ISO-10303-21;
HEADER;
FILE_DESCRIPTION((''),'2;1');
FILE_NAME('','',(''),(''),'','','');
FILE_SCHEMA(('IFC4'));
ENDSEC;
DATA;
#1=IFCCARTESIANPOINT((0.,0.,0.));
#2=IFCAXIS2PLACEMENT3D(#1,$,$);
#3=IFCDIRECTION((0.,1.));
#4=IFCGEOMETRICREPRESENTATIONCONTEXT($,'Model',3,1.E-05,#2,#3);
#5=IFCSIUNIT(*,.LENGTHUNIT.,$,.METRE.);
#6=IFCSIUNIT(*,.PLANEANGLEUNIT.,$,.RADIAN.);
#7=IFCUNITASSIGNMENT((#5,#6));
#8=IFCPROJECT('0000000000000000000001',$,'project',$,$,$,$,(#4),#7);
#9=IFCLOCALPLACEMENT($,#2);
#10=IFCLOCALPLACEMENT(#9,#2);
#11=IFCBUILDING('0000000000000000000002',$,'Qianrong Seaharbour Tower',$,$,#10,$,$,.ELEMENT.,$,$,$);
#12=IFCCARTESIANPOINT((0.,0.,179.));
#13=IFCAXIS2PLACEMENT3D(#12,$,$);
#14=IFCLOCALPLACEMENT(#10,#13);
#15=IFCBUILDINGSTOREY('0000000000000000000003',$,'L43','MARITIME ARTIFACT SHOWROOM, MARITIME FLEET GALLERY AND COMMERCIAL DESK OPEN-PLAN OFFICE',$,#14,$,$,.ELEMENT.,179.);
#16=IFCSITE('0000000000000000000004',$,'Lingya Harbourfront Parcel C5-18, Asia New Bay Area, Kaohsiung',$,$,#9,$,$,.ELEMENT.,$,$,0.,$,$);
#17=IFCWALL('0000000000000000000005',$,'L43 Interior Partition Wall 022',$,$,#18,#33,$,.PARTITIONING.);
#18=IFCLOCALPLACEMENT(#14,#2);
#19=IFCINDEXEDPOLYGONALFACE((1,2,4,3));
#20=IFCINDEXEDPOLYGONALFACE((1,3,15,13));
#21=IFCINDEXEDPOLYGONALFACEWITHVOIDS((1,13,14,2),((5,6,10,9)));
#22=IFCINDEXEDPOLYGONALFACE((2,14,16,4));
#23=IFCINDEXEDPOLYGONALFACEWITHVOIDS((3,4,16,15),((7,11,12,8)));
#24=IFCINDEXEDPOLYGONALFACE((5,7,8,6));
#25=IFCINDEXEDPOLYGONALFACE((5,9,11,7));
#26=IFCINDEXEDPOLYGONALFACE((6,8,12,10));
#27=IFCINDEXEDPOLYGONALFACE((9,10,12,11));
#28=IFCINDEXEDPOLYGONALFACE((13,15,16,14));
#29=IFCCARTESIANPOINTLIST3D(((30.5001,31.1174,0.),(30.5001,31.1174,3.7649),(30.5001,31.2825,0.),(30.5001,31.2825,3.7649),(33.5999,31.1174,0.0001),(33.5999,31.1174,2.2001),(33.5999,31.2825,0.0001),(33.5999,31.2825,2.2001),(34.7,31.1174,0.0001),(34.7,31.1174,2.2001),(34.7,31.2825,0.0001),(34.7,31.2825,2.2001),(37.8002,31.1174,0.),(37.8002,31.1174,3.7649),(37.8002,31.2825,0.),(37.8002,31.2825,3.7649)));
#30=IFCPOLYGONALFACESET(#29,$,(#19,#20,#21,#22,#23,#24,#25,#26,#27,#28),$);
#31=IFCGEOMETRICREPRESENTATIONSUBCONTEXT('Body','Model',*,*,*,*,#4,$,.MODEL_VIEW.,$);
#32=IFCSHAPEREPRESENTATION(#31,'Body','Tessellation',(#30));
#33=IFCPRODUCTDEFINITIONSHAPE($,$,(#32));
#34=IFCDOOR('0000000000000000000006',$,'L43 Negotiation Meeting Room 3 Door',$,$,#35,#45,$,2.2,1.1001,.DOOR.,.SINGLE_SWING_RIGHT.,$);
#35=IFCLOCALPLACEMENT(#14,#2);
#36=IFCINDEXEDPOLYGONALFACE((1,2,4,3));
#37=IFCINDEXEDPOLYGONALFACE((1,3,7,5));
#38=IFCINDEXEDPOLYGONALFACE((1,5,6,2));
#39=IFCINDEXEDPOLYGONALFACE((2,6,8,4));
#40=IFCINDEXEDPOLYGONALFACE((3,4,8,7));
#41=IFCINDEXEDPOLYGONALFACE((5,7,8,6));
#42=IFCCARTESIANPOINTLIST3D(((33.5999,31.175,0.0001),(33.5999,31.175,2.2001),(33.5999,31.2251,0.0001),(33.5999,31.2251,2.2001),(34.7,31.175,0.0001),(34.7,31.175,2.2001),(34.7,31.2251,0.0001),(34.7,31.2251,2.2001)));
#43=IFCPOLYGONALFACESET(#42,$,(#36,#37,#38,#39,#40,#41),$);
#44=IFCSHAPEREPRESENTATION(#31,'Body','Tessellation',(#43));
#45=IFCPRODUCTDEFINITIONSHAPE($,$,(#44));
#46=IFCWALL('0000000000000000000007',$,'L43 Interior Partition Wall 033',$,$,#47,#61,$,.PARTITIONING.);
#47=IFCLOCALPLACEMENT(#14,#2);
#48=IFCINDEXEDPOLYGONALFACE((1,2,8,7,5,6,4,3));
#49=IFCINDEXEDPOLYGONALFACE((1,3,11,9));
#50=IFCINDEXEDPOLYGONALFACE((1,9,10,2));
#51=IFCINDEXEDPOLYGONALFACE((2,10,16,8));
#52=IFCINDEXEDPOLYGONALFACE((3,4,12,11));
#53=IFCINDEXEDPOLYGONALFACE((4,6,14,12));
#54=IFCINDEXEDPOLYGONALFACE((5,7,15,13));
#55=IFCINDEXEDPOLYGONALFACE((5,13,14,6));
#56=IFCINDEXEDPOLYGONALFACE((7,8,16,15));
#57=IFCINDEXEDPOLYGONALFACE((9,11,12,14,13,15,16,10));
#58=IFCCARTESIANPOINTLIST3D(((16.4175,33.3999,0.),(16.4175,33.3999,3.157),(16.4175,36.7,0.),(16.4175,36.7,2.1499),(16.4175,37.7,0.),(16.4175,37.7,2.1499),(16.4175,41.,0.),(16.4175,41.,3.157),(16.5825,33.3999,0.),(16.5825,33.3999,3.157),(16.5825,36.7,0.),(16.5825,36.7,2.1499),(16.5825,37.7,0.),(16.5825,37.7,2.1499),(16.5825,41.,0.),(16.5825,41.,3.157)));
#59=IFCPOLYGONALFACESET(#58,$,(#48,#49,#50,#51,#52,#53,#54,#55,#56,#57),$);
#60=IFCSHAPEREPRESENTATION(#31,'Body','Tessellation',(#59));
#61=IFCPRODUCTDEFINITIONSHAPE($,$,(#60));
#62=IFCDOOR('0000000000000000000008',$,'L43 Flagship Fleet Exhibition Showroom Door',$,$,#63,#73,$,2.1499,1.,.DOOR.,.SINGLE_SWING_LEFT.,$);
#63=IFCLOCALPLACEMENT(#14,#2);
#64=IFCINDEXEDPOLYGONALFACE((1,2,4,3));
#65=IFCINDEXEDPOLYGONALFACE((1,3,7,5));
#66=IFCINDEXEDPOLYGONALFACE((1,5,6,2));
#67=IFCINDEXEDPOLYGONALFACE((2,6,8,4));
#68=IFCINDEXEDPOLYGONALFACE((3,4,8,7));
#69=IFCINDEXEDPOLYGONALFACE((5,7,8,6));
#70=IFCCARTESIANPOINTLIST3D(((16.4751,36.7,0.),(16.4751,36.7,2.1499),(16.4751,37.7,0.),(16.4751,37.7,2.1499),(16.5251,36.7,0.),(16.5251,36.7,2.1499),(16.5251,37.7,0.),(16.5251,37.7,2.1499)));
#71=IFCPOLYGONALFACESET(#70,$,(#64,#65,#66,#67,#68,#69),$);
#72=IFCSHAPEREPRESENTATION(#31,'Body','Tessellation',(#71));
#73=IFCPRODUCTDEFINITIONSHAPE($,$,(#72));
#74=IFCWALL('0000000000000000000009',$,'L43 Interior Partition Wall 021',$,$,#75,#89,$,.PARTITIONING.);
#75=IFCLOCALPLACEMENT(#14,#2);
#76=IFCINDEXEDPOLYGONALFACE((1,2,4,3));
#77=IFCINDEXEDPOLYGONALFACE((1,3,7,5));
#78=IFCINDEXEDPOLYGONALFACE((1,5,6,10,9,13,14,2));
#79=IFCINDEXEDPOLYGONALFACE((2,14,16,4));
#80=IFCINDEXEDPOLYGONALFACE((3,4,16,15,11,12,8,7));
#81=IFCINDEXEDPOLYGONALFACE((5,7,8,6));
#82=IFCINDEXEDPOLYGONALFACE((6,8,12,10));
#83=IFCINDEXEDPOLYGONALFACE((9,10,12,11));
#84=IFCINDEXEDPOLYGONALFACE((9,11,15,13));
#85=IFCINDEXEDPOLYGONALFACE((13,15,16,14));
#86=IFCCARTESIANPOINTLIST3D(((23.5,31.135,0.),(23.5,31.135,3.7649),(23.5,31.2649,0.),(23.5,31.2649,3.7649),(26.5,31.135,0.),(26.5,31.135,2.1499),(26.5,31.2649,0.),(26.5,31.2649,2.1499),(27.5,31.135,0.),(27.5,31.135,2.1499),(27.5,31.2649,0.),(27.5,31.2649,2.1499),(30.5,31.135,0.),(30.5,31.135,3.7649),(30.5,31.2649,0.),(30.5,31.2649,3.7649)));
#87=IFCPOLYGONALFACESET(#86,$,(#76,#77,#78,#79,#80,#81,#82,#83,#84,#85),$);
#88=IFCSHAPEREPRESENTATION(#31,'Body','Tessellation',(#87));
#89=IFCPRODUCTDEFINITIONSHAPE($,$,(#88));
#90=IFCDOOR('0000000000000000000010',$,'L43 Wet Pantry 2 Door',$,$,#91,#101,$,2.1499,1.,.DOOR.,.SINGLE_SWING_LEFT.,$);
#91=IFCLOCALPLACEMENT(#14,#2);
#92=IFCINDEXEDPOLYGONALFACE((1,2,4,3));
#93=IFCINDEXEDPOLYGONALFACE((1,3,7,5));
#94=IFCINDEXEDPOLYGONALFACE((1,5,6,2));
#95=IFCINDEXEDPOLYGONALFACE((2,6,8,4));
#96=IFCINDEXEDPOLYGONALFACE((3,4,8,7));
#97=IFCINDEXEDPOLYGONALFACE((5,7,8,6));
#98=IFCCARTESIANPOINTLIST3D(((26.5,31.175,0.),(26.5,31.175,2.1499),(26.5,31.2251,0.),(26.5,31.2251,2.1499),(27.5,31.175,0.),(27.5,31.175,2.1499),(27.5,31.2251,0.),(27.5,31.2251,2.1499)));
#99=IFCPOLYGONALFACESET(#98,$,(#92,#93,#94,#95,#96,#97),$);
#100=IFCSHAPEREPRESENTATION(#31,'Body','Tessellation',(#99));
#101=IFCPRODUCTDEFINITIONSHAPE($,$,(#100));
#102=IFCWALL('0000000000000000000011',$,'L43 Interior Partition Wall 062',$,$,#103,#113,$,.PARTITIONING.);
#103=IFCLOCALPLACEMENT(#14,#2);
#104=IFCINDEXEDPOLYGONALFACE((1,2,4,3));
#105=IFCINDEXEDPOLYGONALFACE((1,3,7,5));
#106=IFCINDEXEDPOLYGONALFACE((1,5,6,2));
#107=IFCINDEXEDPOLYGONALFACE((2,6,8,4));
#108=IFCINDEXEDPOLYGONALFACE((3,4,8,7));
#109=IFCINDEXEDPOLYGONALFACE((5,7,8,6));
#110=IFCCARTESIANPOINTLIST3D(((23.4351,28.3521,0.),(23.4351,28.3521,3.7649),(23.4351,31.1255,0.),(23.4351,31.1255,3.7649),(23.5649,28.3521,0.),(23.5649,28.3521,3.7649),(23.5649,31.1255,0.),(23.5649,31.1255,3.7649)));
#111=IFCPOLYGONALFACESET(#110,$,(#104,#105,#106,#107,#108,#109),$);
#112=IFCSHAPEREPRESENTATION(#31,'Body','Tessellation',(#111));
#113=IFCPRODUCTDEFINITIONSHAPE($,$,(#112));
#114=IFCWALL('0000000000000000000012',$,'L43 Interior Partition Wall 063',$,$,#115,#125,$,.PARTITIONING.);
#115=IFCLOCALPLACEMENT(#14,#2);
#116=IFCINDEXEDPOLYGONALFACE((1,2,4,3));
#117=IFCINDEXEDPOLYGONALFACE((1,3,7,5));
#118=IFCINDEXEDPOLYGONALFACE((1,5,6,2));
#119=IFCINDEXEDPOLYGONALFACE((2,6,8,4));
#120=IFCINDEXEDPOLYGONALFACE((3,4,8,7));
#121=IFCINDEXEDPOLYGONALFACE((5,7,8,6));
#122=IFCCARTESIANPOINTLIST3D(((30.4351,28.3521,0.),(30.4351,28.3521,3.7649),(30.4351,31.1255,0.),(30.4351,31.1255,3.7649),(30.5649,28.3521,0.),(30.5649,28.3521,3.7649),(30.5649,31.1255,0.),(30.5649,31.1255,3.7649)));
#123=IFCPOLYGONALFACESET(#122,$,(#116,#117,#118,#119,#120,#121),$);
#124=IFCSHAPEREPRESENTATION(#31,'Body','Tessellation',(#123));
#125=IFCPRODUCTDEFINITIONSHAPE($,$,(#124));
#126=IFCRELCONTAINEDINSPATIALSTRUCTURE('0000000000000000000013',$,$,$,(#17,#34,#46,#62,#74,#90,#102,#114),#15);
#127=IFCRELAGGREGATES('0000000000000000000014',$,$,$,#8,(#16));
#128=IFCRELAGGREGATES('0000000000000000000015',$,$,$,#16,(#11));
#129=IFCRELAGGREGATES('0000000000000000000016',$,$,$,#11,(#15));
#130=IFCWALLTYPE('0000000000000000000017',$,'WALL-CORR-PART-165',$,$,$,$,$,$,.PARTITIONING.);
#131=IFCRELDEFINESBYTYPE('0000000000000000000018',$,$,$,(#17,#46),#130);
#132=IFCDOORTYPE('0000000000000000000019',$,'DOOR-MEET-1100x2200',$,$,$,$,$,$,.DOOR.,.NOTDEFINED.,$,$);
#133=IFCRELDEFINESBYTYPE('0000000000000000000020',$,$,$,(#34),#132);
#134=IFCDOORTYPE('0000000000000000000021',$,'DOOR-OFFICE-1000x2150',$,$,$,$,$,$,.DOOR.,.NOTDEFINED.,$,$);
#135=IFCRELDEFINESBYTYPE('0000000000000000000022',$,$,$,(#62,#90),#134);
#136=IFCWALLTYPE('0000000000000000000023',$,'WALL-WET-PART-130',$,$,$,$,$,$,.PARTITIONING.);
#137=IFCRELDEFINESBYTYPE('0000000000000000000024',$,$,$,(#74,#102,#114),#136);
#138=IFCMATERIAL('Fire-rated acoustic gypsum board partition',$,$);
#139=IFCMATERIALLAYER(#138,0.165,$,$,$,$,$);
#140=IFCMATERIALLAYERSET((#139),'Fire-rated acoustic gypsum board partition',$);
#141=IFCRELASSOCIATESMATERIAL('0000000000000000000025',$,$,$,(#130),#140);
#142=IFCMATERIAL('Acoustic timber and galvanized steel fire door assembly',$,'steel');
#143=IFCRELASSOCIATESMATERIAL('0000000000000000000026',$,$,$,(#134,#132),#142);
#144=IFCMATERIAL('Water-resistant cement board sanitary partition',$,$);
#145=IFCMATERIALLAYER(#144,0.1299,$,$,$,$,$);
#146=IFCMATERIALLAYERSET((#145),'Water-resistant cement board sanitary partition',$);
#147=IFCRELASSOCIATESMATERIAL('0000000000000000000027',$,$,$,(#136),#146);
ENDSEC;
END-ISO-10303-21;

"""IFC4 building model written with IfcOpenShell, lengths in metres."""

from ifc_helpers import new_model, si_unit, direction, frame, frame_2d, origin, place, context, subcontext, project, spatial, rectangle, extrude, material, layer, layer_set, type_object, element, fill, save


model = new_model("IFC4")

# Units and contexts
model_context = context("Model", 3, precision=1e-05, world=origin(), true_north=direction((0.0, 1.0)))
body_context = subcontext(model_context, "Body", "Model", "MODEL_VIEW")
ifc_project = project(units=[si_unit("LENGTHUNIT", "METRE"), si_unit("PLANEANGLEUNIT", "RADIAN")], contexts=[model_context])

# Site, building, storey
site_placement = place(None, origin())
site = spatial("IfcSite", under=ifc_project, at=site_placement, Name="Lingya Harbourfront Parcel C5-18, Asia New Bay Area, Kaohsiung", CompositionType="ELEMENT", RefElevation=0.0)
building_placement = place(site_placement, origin())
building = spatial("IfcBuilding", under=site, at=building_placement, Name="Qianrong Seaharbour Tower", CompositionType="ELEMENT")
storey_placement = place(building_placement, frame((0.0, 0.0, 179.0)))
storey = spatial("IfcBuildingStorey", under=building, at=storey_placement, Name="L43", Description="MARITIME ARTIFACT SHOWROOM, MARITIME FLEET GALLERY AND COMMERCIAL DESK OPEN-PLAN OFFICE", CompositionType="ELEMENT", Elevation=179.0)

# Shared definitions
ifc_material_1 = material(Name="Fire-rated acoustic gypsum board partition")
ifc_layer_1 = layer(ifc_material_1, 0.165)
ifc_layer_set_1 = layer_set([ifc_layer_1], Name="Fire-rated acoustic gypsum board partition")
wall_type_1 = type_object("IfcWallType", Name="WALL-CORR-PART-165", PredefinedType="PARTITIONING", material=ifc_layer_set_1)

# Shared definitions
ifc_material_2 = material(Name="Acoustic timber and galvanized steel fire door assembly", Category="steel")
door_type_1 = type_object("IfcDoorType", Name="DOOR-OFFICE-1000x2150", OperationType="NOTDEFINED", PredefinedType="DOOR", material=ifc_material_2)

# Walls, openings, doors
door_type_2 = type_object("IfcDoorType", Name="DOOR-MEET-1100x2200", OperationType="NOTDEFINED", PredefinedType="DOOR", material=ifc_material_2)
wall_1_placement = place(storey_placement, frame((37.8, 31.2, 0.0), z_axis=(0.0, 0.0, 1.0), x_axis=(-1.0, 0.0, 0.0)))
wall_1 = element("IfcWall", 1, at=wall_1_placement, inside=storey, type_object=wall_type_1, Name="L43 Interior Partition Wall 022", PredefinedType="PARTITIONING", context=body_context, shape_type="SweptSolid", body=[
    extrude(rectangle(XDim=7.3, YDim=0.165, at=frame_2d((3.6499, 0.0))), origin(), (0.0, 0.0, 1.0), 3.7649),
])
opening_1_placement = place(wall_1_placement, frame((3.1001, 0.0, 0.0)))
opening_1 = element("IfcOpeningElement", 2, at=opening_1_placement, cuts=wall_1, PredefinedType="OPENING", context=body_context, shape_type="SweptSolid", body=[
    extrude(rectangle(XDim=1.1001, YDim=2.2, at=frame_2d((0.55, 1.1001))), frame((0.0, 0.0925, 0.0), z_axis=(0.0, -1.0, 0.0), x_axis=(1.0, 0.0, 0.0)), (0.0, 0.0, 1.0), 0.1851),
])
door_1_placement = place(opening_1_placement, origin())
door_1 = element("IfcDoor", 3, at=door_1_placement, inside=storey, type_object=door_type_2, Name="L43 Negotiation Meeting Room 3 Door", OperationType="SINGLE_SWING_RIGHT", OverallHeight=2.2, OverallWidth=1.1001, PredefinedType="DOOR", context=body_context, shape_type="SweptSolid", body=[
    extrude(rectangle(XDim=1.1001, YDim=2.2, at=frame_2d((0.55, 1.1001))), frame((0.0, 0.0249, 0.0), z_axis=(0.0, -1.0, 0.0), x_axis=(1.0, 0.0, 0.0)), (0.0, 0.0, 1.0), 0.05),
])
fill(opening_1, door_1)
wall_2_placement = place(storey_placement, frame((16.5, 33.3999, 0.0), z_axis=(0.0, 0.0, 1.0), x_axis=(0.0, 1.0, 0.0)))
wall_2 = element("IfcWall", 4, at=wall_2_placement, inside=storey, type_object=wall_type_1, Name="L43 Interior Partition Wall 033", PredefinedType="PARTITIONING", context=body_context, shape_type="SweptSolid", body=[
    extrude(rectangle(XDim=7.6001, YDim=0.165, at=frame_2d((3.8, 0.0))), origin(), (0.0, 0.0, 1.0), 3.157),
])
opening_2_placement = place(wall_2_placement, frame((3.3, 0.0, 0.0)))
opening_2 = element("IfcOpeningElement", 5, at=opening_2_placement, cuts=wall_2, PredefinedType="OPENING", context=body_context, shape_type="SweptSolid", body=[
    extrude(rectangle(XDim=1.0, YDim=2.1499, at=frame_2d((0.5, 1.075))), frame((0.0, 0.0925, 0.0), z_axis=(0.0, -1.0, 0.0), x_axis=(1.0, 0.0, 0.0)), (0.0, 0.0, 1.0), 0.1851),
])
door_2_placement = place(opening_2_placement, origin())
door_2 = element("IfcDoor", 6, at=door_2_placement, inside=storey, type_object=door_type_1, Name="L43 Flagship Fleet Exhibition Showroom Door", OperationType="SINGLE_SWING_LEFT", OverallHeight=2.1499, OverallWidth=1.0, PredefinedType="DOOR", context=body_context, shape_type="SweptSolid", body=[
    extrude(rectangle(XDim=1.0, YDim=2.1499, at=frame_2d((0.5, 1.075))), frame((0.0, 0.0249, 0.0), z_axis=(0.0, -1.0, 0.0), x_axis=(1.0, 0.0, 0.0)), (0.0, 0.0, 1.0), 0.05),
])
fill(opening_2, door_2)
ifc_material_3 = material(Name="Water-resistant cement board sanitary partition")
ifc_layer_2 = layer(ifc_material_3, 0.1299)
ifc_layer_set_2 = layer_set([ifc_layer_2], Name="Water-resistant cement board sanitary partition")
wall_type_2 = type_object("IfcWallType", Name="WALL-WET-PART-130", PredefinedType="PARTITIONING", material=ifc_layer_set_2)
wall_3_placement = place(storey_placement, frame((30.5, 31.2, 0.0), z_axis=(0.0, 0.0, 1.0), x_axis=(-1.0, 0.0, 0.0)))
wall_3 = element("IfcWall", 7, at=wall_3_placement, inside=storey, type_object=wall_type_2, Name="L43 Interior Partition Wall 021", PredefinedType="PARTITIONING", context=body_context, shape_type="SweptSolid", body=[
    extrude(rectangle(XDim=7.0, YDim=0.1299, at=frame_2d((3.5, 0.0))), origin(), (0.0, 0.0, 1.0), 3.7649),
])
opening_3_placement = place(wall_3_placement, frame((3.0, 0.0, 0.0)))
opening_3 = element("IfcOpeningElement", 8, at=opening_3_placement, cuts=wall_3, PredefinedType="OPENING", context=body_context, shape_type="SweptSolid", body=[
    extrude(rectangle(XDim=1.0, YDim=2.1499, at=frame_2d((0.5, 1.075))), frame((0.0, 0.075, 0.0), z_axis=(0.0, -1.0, 0.0), x_axis=(1.0, 0.0, 0.0)), (0.0, 0.0, 1.0), 0.1499),
])
door_3_placement = place(opening_3_placement, origin())
door_3 = element("IfcDoor", 9, at=door_3_placement, inside=storey, type_object=door_type_1, Name="L43 Wet Pantry 2 Door", OperationType="SINGLE_SWING_LEFT", OverallHeight=2.1499, OverallWidth=1.0, PredefinedType="DOOR", context=body_context, shape_type="SweptSolid", body=[
    extrude(rectangle(XDim=1.0, YDim=2.1499, at=frame_2d((0.5, 1.075))), frame((0.0, 0.0249, 0.0), z_axis=(0.0, -1.0, 0.0), x_axis=(1.0, 0.0, 0.0)), (0.0, 0.0, 1.0), 0.05),
])
fill(opening_3, door_3)

# Walls
for number, where, z_axis, x_axis, name in (
    (10, (23.5, 31.1255, 0.0), (0.0, 0.0, 1.0), (0.0, -1.0, 0.0), "L43 Interior Partition Wall 062"),
    (11, (30.5, 31.1255, 0.0), (0.0, 0.0, 1.0), (0.0, -1.0, 0.0), "L43 Interior Partition Wall 063"),
):
    element("IfcWall", number, at=place(storey_placement, frame(where, z_axis=z_axis, x_axis=x_axis)), inside=storey, type_object=wall_type_2, Name=name, PredefinedType="PARTITIONING", context=body_context, shape_type="SweptSolid", body=[
        extrude(rectangle(XDim=2.7734, YDim=0.1299, at=frame_2d((1.3867, 0.0))), origin(), (0.0, 0.0, 1.0), 3.7649),
    ])

save(model, "model.ifc")
